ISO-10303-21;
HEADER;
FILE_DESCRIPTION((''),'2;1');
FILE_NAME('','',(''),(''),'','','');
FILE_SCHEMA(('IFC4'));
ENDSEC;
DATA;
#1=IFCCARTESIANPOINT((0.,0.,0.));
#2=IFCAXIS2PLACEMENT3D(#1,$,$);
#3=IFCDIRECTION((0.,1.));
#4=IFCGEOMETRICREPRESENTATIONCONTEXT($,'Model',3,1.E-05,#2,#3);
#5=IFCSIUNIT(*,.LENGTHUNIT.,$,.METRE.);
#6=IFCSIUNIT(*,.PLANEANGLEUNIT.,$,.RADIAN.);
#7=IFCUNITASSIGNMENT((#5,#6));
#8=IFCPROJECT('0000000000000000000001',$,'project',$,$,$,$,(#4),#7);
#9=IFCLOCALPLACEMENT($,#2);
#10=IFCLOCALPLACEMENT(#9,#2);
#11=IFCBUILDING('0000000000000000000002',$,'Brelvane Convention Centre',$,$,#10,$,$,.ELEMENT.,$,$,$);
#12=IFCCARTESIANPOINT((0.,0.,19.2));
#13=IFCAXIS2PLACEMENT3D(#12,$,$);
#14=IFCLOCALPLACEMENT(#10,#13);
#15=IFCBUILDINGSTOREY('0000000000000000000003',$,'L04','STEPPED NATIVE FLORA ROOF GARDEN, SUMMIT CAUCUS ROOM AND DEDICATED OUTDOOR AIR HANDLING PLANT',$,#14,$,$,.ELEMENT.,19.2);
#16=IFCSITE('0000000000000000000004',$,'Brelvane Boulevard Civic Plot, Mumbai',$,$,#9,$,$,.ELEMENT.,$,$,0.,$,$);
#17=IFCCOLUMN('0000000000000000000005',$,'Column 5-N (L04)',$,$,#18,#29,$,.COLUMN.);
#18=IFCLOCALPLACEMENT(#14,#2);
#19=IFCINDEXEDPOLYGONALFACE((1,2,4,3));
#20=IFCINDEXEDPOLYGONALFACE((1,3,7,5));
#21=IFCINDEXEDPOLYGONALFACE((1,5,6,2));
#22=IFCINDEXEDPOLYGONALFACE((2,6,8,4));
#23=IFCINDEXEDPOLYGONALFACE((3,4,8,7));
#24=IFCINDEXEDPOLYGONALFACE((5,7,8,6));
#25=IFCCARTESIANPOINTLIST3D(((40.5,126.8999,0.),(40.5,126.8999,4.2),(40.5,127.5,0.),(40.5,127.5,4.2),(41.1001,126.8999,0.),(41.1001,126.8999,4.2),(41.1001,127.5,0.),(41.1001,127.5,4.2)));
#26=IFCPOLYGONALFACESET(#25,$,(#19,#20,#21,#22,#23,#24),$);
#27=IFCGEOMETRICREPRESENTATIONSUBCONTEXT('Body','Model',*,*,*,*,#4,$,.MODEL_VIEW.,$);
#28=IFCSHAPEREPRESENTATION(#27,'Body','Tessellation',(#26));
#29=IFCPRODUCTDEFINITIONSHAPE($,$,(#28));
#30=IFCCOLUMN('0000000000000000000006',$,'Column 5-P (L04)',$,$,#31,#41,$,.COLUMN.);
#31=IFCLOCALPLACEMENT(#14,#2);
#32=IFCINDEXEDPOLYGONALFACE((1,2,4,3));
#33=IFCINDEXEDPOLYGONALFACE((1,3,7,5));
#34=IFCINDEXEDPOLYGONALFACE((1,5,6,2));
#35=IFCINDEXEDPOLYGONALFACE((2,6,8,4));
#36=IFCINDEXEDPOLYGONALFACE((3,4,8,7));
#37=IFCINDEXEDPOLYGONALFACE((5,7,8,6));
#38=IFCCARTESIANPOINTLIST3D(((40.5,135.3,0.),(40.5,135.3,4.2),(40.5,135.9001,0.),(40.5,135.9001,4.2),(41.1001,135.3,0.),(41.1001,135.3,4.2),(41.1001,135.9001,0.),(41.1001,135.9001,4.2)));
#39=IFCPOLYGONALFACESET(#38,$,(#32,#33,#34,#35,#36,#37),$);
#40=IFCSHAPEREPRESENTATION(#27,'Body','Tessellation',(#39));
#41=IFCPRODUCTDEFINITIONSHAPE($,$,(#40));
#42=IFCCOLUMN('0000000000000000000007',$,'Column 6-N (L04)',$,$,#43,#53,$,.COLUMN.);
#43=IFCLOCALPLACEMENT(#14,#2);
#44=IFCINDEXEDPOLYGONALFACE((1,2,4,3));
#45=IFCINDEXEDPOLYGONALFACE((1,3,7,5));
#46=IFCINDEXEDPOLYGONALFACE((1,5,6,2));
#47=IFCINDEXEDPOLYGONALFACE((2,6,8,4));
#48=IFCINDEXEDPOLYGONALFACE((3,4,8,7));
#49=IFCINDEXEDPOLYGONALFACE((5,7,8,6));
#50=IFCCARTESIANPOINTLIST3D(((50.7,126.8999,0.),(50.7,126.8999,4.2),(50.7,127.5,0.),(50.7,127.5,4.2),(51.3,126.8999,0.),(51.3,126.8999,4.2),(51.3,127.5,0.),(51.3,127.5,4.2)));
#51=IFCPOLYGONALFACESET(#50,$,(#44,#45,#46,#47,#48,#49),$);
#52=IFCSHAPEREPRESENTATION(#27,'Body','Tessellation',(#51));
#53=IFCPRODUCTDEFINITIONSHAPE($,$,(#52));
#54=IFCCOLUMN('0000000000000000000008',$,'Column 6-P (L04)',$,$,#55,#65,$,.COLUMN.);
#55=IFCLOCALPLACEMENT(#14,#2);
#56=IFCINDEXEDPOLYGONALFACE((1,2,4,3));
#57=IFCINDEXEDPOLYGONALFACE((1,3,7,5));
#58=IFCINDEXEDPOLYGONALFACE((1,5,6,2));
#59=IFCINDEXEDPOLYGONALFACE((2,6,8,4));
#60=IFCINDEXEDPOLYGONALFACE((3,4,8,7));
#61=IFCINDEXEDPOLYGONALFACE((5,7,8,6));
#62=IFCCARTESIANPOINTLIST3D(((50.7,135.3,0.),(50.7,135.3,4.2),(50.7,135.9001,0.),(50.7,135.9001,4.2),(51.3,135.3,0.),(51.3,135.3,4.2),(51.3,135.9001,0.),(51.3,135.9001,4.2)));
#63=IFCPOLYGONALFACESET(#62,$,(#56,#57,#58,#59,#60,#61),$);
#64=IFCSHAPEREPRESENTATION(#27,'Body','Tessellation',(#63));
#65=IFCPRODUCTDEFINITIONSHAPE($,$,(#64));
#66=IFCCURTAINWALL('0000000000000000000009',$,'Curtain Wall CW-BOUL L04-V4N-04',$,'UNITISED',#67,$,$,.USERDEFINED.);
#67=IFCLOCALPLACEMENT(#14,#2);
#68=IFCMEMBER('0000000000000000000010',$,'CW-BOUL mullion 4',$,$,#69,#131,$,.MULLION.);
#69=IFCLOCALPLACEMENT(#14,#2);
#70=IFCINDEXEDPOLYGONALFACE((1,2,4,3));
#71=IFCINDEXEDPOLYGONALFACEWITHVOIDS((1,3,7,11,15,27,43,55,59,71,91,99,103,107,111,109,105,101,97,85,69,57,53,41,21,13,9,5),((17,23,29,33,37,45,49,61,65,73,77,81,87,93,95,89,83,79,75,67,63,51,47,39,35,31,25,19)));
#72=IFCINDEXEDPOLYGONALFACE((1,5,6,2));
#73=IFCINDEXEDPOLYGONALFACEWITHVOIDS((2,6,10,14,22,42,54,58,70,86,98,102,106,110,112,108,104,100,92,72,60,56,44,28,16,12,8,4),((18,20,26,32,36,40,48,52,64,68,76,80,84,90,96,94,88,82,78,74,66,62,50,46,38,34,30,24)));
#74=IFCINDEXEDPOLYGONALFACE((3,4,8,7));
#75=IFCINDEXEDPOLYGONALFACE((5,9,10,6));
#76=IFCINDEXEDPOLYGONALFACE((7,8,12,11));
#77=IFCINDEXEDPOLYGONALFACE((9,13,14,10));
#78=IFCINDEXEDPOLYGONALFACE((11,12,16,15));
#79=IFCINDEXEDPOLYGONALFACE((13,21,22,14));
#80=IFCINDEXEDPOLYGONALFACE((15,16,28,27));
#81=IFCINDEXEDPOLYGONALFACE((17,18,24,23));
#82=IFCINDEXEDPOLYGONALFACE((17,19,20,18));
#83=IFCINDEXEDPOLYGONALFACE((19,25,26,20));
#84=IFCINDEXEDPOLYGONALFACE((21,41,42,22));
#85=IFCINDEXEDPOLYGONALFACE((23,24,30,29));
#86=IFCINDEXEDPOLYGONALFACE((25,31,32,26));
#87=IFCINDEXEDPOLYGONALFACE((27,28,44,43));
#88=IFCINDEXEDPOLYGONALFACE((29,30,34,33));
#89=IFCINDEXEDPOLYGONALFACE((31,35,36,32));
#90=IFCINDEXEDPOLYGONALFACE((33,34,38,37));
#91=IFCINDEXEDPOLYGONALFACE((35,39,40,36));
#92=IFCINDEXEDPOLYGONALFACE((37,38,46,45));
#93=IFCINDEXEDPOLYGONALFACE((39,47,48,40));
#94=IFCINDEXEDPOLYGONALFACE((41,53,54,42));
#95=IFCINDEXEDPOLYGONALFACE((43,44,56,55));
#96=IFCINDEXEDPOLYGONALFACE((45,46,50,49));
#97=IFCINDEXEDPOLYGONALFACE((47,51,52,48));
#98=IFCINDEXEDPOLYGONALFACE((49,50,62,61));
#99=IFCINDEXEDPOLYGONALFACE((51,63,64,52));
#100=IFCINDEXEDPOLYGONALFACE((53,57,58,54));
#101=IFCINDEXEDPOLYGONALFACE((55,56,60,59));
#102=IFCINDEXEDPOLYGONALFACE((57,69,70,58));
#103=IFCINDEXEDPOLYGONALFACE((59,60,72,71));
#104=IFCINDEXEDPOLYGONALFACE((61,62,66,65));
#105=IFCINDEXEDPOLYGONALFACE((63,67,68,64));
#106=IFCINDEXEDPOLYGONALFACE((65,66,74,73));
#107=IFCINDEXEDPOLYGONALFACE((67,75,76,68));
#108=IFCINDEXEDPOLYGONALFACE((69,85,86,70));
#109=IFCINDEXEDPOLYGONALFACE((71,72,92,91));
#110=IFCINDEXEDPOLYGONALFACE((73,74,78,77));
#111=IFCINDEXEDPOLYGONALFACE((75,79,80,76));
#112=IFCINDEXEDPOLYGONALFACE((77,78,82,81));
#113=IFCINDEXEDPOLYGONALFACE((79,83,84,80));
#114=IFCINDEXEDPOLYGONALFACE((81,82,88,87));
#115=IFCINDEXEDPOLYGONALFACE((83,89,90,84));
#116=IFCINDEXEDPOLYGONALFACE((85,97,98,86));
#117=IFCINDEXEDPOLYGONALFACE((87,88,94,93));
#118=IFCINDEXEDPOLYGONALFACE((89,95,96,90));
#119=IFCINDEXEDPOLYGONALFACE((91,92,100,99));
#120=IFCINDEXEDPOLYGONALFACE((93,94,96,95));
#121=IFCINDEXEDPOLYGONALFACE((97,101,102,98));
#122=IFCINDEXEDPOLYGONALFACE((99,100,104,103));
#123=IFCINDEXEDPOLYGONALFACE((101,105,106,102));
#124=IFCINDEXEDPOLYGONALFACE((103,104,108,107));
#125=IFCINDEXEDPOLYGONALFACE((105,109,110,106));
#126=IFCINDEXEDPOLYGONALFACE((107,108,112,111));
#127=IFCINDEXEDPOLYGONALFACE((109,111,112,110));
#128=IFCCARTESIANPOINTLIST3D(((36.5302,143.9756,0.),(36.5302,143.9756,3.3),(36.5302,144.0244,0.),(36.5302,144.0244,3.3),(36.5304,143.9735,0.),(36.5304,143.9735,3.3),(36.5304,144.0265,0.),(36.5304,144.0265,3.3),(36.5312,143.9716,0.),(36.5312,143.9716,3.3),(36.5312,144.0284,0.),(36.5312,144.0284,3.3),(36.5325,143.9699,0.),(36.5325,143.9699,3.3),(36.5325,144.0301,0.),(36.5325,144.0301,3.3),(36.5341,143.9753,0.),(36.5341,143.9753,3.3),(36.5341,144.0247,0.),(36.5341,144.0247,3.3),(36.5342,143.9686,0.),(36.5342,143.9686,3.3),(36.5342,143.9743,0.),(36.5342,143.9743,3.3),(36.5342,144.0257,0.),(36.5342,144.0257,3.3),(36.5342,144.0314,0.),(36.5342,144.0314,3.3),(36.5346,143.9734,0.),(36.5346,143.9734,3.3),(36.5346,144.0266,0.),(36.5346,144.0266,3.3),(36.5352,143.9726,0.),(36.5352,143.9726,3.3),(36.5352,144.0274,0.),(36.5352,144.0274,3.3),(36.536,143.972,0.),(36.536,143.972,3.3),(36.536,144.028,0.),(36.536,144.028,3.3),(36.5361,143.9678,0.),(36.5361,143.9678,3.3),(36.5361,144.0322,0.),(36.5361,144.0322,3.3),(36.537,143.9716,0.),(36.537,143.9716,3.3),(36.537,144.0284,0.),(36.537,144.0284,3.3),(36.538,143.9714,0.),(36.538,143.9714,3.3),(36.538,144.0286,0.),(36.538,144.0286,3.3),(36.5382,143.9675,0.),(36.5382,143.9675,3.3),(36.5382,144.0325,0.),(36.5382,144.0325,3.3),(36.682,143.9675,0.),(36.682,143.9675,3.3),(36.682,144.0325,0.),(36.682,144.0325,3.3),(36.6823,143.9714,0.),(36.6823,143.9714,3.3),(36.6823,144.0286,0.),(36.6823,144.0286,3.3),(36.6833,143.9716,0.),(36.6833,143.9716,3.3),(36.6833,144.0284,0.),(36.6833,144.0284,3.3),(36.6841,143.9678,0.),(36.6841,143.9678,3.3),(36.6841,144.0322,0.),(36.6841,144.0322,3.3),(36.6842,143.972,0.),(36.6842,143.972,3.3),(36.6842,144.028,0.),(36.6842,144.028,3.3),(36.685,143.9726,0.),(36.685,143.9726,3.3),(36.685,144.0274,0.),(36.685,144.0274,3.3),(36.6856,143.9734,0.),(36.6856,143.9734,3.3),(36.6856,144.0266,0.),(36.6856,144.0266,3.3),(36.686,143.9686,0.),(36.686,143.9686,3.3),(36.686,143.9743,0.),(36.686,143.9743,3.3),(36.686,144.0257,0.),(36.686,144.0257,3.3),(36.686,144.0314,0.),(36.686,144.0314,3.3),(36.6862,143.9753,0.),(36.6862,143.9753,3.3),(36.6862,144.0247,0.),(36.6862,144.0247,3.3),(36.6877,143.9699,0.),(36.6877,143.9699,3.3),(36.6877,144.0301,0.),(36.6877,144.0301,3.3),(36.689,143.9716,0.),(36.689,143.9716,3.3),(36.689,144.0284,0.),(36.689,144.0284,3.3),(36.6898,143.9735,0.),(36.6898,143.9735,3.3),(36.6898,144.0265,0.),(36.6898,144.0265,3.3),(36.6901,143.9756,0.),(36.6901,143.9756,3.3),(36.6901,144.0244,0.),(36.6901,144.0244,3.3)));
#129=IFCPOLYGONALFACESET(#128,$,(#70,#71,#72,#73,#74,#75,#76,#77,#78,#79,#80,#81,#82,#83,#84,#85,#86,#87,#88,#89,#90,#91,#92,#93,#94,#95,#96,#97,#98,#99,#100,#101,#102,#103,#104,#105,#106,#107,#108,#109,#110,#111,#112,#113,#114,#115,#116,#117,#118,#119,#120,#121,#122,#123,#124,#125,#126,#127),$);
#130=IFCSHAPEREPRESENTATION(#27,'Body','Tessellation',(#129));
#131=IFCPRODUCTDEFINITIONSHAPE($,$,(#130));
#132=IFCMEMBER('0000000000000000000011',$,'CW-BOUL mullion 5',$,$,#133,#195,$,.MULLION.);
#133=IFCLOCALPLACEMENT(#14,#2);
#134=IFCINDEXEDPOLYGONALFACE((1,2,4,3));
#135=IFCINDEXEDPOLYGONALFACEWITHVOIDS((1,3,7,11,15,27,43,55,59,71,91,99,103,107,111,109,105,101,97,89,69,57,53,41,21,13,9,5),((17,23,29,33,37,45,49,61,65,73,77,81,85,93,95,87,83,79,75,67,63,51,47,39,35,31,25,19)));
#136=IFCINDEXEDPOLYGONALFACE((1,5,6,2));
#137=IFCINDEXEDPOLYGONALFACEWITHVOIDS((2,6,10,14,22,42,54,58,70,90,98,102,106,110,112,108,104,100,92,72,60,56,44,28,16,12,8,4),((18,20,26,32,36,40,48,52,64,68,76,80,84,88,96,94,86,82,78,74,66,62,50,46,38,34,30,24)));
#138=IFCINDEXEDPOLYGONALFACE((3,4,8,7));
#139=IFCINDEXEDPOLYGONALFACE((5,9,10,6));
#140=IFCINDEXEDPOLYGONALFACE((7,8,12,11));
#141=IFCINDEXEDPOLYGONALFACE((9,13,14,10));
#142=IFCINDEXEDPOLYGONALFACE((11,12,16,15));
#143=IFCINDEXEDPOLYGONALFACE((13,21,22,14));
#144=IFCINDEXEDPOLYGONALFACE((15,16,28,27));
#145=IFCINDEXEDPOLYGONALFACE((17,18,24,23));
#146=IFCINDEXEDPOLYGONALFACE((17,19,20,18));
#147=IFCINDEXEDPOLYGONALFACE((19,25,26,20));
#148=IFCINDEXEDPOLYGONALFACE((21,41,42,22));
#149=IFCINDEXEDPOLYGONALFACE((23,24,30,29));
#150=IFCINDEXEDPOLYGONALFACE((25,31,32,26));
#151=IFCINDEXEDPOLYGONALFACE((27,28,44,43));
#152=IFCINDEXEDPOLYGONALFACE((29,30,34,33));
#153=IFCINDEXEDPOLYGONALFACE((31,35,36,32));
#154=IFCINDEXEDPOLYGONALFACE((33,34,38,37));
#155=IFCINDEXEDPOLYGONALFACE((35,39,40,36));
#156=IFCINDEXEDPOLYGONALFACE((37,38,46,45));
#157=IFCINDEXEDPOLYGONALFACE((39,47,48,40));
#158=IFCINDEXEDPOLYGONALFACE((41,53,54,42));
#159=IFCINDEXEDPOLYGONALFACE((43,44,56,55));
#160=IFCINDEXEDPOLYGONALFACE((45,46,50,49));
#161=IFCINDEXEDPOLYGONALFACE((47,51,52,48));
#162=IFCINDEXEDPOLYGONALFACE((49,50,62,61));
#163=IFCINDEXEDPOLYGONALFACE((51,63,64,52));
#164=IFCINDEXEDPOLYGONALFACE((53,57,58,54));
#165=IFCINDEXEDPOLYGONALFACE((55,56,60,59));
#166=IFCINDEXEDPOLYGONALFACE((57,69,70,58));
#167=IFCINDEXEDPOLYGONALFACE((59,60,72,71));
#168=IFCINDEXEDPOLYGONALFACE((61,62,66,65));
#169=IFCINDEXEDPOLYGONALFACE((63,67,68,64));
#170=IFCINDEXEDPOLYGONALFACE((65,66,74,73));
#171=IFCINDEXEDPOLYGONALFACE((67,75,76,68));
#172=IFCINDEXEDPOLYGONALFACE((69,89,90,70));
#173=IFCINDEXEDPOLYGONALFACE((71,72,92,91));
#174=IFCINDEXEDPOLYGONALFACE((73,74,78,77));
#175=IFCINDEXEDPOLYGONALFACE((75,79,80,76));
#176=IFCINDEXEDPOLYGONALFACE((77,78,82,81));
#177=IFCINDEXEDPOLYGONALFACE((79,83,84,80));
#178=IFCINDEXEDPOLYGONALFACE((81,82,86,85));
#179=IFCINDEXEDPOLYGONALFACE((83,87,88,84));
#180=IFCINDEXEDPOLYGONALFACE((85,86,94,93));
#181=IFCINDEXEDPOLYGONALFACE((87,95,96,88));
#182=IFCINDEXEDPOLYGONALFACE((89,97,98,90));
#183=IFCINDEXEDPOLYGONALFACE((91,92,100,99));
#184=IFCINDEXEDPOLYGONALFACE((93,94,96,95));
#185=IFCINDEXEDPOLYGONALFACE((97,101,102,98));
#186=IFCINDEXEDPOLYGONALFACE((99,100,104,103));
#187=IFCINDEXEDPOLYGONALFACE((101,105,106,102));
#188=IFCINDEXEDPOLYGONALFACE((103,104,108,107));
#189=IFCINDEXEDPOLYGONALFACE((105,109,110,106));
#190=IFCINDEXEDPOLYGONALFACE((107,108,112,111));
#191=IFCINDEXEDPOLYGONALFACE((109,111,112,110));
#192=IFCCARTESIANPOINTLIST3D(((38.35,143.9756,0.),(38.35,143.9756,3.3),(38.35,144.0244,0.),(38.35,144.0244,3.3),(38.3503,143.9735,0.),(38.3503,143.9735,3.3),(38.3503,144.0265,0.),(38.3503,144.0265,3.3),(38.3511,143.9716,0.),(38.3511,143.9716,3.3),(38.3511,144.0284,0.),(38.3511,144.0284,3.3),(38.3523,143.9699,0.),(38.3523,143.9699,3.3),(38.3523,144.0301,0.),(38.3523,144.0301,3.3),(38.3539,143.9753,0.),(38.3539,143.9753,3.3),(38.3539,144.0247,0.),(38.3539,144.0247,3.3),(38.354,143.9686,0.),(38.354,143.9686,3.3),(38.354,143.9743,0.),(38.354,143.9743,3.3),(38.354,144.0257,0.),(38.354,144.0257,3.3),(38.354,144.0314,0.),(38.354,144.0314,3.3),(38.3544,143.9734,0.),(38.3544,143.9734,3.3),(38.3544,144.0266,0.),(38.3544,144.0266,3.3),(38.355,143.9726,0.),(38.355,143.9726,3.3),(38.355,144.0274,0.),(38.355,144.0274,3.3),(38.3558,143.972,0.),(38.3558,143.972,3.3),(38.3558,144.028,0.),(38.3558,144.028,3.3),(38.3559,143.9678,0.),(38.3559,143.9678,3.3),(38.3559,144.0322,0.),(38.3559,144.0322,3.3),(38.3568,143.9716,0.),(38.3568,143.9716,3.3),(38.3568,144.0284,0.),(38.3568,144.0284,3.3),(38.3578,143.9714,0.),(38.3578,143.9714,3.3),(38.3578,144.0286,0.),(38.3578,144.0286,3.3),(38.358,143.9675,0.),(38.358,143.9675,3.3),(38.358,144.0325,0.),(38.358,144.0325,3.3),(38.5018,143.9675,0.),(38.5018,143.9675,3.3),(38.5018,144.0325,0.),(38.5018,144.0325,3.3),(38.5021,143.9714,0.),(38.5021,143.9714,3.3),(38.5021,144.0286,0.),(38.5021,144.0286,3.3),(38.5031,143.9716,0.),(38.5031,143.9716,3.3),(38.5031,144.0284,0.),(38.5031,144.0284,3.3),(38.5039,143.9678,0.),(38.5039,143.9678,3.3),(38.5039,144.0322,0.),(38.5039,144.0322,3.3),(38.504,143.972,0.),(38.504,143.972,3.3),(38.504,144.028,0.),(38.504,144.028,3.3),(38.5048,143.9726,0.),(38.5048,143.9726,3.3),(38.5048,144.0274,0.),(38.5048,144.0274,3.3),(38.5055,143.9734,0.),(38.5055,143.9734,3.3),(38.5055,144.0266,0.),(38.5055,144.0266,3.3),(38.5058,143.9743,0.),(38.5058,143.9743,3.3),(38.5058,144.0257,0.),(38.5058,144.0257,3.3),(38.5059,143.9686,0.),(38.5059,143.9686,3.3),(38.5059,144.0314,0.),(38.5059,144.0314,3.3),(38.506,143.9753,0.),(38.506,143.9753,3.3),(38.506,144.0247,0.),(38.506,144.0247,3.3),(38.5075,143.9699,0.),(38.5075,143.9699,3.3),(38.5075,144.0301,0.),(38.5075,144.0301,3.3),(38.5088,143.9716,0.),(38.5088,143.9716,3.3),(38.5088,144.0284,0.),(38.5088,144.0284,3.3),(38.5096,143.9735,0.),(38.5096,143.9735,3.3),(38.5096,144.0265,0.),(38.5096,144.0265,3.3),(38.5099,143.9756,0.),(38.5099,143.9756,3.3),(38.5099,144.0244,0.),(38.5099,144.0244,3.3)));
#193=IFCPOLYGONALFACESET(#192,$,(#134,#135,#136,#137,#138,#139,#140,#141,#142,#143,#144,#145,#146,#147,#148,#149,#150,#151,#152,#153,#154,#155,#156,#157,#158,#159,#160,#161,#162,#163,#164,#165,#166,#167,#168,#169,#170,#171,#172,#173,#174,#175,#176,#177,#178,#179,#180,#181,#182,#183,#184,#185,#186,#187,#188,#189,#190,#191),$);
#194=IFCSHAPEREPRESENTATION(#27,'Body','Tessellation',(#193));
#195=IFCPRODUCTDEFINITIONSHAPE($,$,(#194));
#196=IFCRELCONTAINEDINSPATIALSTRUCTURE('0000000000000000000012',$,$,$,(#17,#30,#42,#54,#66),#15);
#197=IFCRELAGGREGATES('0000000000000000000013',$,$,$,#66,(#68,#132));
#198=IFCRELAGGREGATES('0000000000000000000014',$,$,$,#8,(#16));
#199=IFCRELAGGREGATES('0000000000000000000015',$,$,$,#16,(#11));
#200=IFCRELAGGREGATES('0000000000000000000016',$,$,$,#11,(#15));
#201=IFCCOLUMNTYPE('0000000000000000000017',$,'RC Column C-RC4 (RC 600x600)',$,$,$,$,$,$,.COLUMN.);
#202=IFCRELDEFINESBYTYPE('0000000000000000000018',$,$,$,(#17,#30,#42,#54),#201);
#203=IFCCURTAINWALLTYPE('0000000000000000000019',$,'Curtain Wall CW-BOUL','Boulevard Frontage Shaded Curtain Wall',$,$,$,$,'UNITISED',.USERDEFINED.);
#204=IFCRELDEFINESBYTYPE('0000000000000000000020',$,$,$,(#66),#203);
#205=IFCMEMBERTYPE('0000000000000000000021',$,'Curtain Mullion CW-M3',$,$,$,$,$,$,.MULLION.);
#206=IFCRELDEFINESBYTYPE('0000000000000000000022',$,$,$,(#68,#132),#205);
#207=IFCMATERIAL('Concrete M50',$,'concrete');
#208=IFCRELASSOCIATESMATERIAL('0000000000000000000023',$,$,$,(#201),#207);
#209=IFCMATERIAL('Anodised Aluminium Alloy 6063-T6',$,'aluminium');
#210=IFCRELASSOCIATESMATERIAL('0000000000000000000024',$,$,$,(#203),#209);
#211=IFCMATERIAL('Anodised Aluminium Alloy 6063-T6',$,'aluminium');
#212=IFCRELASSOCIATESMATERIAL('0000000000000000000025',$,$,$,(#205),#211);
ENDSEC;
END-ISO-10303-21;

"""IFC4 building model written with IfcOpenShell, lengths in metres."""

from ifc_helpers import new_model, si_unit, direction, frame, origin, origin_2d, place, context, subcontext, project, spatial, rectangle, hollow_rectangle, extrude, material, material_profile, profile_set, type_object, element, aggregate, save


model = new_model("IFC4")

# Units and contexts
model_context = context("Model", 3, precision=1e-05, world=origin(), true_north=direction((0.0, 1.0)))
body_context = subcontext(model_context, "Body", "Model", "MODEL_VIEW")
ifc_project = project(units=[si_unit("LENGTHUNIT", "METRE"), si_unit("PLANEANGLEUNIT", "RADIAN")], contexts=[model_context])

# Site, building, storey
site_placement = place(None, origin())
site = spatial("IfcSite", under=ifc_project, at=site_placement, Name="Brelvane Boulevard Civic Plot, Mumbai", CompositionType="ELEMENT", RefElevation=0.0)
building_placement = place(site_placement, origin())
building = spatial("IfcBuilding", under=site, at=building_placement, Name="Brelvane Convention Centre", CompositionType="ELEMENT")
storey_placement = place(building_placement, frame((0.0, 0.0, 19.2)))
storey = spatial("IfcBuildingStorey", under=building, at=storey_placement, Name="L04", Description="STEPPED NATIVE FLORA ROOF GARDEN, SUMMIT CAUCUS ROOM AND DEDICATED OUTDOOR AIR HANDLING PLANT", CompositionType="ELEMENT", Elevation=19.2)

# Columns
ifc_material_1 = material(Name="Concrete M50", Category="concrete")
ifc_material_profile_1 = material_profile(ifc_material_1, rectangle(XDim=0.6001, YDim=0.6001, at=origin_2d()), Name="RC 600x600")
ifc_profile_set_1 = profile_set([ifc_material_profile_1], Name="Concrete M50")
column_type = type_object("IfcColumnType", Name="RC Column C-RC4 (RC 600x600)", PredefinedType="COLUMN", material=ifc_profile_set_1)
for number, where, z_axis, x_axis, name in (
    (1, (40.8, 127.2, 0.0), (0.0, 0.0, 1.0), (1.0, 0.0, 0.0), "Column 5-N (L04)"),
    (2, (40.8, 135.6001, 0.0), (0.0, 0.0, 1.0), (1.0, 0.0, 0.0), "Column 5-P (L04)"),
    (3, (51.0, 127.2, 0.0), (0.0, 0.0, 1.0), (1.0, 0.0, 0.0), "Column 6-N (L04)"),
    (4, (51.0, 135.6001, 0.0), (0.0, 0.0, 1.0), (1.0, 0.0, 0.0), "Column 6-P (L04)"),
):
    element("IfcColumn", number, at=place(storey_placement, frame(where, z_axis=z_axis, x_axis=x_axis)), inside=storey, type_object=column_type, Name=name, PredefinedType="COLUMN", context=body_context, shape_type="SweptSolid", body=[
        extrude(rectangle(XDim=0.6001, YDim=0.6001, at=origin_2d()), origin(), (0.0, 0.0, 1.0), 4.2),
    ])

# Curtain wall, members
ifc_material_2 = material(Name="Anodised Aluminium Alloy 6063-T6", Category="aluminium")
curtain_wall_type = type_object("IfcCurtainWallType", Name="Curtain Wall CW-BOUL", Description="Boulevard Frontage Shaded Curtain Wall", ElementType="UNITISED", PredefinedType="USERDEFINED", material=ifc_material_2)
curtain_wall_placement = place(storey_placement, origin())
curtain_wall = element("IfcCurtainWall", 5, at=curtain_wall_placement, inside=storey, type_object=curtain_wall_type, Name="Curtain Wall CW-BOUL L04-V4N-04", ObjectType="UNITISED", PredefinedType="USERDEFINED")
ifc_material_3 = material(Name="Anodised Aluminium Alloy 6063-T6", Category="aluminium")
ifc_material_profile_2 = material_profile(ifc_material_3, hollow_rectangle(XDim=0.0649, YDim=0.1599, WallThickness=0.0039, InnerFilletRadius=0.0039, OuterFilletRadius=0.0081, at=origin_2d()), Name="ALU-M 160x65x4.0")
ifc_profile_set_2 = profile_set([ifc_material_profile_2], Name="Anodised Aluminium Alloy 6063-T6")
member_type_1 = type_object("IfcMemberType", Name="Curtain Mullion CW-M3", PredefinedType="MULLION", material=ifc_profile_set_2)
member_1_placement = place(storey_placement, frame((36.6101, 144.0, 0.0), z_axis=(0.0, 0.0, 1.0), x_axis=(0.0, 1.0, 0.0)))
member_1 = element("IfcMember", 6, at=member_1_placement, type_object=member_type_1, Name="CW-BOUL mullion 4", PredefinedType="MULLION", context=body_context, shape_type="SweptSolid", body=[
    extrude(hollow_rectangle(XDim=0.0649, YDim=0.1599, WallThickness=0.0039, InnerFilletRadius=0.0039, OuterFilletRadius=0.0081, at=origin_2d()), origin(), (0.0, 0.0, 1.0), 3.3),
])
member_2_placement = place(storey_placement, frame((38.4299, 144.0, 0.0), z_axis=(0.0, 0.0, 1.0), x_axis=(0.0, 1.0, 0.0)))
member_2 = element("IfcMember", 7, at=member_2_placement, type_object=member_type_1, Name="CW-BOUL mullion 5", PredefinedType="MULLION", context=body_context, shape_type="SweptSolid", body=[
    extrude(hollow_rectangle(XDim=0.0649, YDim=0.1599, WallThickness=0.0039, InnerFilletRadius=0.0039, OuterFilletRadius=0.0081, at=origin_2d()), origin(), (0.0, 0.0, 1.0), 3.3),
])

aggregate(curtain_wall, [member_1, member_2])

save(model, "model.ifc")
